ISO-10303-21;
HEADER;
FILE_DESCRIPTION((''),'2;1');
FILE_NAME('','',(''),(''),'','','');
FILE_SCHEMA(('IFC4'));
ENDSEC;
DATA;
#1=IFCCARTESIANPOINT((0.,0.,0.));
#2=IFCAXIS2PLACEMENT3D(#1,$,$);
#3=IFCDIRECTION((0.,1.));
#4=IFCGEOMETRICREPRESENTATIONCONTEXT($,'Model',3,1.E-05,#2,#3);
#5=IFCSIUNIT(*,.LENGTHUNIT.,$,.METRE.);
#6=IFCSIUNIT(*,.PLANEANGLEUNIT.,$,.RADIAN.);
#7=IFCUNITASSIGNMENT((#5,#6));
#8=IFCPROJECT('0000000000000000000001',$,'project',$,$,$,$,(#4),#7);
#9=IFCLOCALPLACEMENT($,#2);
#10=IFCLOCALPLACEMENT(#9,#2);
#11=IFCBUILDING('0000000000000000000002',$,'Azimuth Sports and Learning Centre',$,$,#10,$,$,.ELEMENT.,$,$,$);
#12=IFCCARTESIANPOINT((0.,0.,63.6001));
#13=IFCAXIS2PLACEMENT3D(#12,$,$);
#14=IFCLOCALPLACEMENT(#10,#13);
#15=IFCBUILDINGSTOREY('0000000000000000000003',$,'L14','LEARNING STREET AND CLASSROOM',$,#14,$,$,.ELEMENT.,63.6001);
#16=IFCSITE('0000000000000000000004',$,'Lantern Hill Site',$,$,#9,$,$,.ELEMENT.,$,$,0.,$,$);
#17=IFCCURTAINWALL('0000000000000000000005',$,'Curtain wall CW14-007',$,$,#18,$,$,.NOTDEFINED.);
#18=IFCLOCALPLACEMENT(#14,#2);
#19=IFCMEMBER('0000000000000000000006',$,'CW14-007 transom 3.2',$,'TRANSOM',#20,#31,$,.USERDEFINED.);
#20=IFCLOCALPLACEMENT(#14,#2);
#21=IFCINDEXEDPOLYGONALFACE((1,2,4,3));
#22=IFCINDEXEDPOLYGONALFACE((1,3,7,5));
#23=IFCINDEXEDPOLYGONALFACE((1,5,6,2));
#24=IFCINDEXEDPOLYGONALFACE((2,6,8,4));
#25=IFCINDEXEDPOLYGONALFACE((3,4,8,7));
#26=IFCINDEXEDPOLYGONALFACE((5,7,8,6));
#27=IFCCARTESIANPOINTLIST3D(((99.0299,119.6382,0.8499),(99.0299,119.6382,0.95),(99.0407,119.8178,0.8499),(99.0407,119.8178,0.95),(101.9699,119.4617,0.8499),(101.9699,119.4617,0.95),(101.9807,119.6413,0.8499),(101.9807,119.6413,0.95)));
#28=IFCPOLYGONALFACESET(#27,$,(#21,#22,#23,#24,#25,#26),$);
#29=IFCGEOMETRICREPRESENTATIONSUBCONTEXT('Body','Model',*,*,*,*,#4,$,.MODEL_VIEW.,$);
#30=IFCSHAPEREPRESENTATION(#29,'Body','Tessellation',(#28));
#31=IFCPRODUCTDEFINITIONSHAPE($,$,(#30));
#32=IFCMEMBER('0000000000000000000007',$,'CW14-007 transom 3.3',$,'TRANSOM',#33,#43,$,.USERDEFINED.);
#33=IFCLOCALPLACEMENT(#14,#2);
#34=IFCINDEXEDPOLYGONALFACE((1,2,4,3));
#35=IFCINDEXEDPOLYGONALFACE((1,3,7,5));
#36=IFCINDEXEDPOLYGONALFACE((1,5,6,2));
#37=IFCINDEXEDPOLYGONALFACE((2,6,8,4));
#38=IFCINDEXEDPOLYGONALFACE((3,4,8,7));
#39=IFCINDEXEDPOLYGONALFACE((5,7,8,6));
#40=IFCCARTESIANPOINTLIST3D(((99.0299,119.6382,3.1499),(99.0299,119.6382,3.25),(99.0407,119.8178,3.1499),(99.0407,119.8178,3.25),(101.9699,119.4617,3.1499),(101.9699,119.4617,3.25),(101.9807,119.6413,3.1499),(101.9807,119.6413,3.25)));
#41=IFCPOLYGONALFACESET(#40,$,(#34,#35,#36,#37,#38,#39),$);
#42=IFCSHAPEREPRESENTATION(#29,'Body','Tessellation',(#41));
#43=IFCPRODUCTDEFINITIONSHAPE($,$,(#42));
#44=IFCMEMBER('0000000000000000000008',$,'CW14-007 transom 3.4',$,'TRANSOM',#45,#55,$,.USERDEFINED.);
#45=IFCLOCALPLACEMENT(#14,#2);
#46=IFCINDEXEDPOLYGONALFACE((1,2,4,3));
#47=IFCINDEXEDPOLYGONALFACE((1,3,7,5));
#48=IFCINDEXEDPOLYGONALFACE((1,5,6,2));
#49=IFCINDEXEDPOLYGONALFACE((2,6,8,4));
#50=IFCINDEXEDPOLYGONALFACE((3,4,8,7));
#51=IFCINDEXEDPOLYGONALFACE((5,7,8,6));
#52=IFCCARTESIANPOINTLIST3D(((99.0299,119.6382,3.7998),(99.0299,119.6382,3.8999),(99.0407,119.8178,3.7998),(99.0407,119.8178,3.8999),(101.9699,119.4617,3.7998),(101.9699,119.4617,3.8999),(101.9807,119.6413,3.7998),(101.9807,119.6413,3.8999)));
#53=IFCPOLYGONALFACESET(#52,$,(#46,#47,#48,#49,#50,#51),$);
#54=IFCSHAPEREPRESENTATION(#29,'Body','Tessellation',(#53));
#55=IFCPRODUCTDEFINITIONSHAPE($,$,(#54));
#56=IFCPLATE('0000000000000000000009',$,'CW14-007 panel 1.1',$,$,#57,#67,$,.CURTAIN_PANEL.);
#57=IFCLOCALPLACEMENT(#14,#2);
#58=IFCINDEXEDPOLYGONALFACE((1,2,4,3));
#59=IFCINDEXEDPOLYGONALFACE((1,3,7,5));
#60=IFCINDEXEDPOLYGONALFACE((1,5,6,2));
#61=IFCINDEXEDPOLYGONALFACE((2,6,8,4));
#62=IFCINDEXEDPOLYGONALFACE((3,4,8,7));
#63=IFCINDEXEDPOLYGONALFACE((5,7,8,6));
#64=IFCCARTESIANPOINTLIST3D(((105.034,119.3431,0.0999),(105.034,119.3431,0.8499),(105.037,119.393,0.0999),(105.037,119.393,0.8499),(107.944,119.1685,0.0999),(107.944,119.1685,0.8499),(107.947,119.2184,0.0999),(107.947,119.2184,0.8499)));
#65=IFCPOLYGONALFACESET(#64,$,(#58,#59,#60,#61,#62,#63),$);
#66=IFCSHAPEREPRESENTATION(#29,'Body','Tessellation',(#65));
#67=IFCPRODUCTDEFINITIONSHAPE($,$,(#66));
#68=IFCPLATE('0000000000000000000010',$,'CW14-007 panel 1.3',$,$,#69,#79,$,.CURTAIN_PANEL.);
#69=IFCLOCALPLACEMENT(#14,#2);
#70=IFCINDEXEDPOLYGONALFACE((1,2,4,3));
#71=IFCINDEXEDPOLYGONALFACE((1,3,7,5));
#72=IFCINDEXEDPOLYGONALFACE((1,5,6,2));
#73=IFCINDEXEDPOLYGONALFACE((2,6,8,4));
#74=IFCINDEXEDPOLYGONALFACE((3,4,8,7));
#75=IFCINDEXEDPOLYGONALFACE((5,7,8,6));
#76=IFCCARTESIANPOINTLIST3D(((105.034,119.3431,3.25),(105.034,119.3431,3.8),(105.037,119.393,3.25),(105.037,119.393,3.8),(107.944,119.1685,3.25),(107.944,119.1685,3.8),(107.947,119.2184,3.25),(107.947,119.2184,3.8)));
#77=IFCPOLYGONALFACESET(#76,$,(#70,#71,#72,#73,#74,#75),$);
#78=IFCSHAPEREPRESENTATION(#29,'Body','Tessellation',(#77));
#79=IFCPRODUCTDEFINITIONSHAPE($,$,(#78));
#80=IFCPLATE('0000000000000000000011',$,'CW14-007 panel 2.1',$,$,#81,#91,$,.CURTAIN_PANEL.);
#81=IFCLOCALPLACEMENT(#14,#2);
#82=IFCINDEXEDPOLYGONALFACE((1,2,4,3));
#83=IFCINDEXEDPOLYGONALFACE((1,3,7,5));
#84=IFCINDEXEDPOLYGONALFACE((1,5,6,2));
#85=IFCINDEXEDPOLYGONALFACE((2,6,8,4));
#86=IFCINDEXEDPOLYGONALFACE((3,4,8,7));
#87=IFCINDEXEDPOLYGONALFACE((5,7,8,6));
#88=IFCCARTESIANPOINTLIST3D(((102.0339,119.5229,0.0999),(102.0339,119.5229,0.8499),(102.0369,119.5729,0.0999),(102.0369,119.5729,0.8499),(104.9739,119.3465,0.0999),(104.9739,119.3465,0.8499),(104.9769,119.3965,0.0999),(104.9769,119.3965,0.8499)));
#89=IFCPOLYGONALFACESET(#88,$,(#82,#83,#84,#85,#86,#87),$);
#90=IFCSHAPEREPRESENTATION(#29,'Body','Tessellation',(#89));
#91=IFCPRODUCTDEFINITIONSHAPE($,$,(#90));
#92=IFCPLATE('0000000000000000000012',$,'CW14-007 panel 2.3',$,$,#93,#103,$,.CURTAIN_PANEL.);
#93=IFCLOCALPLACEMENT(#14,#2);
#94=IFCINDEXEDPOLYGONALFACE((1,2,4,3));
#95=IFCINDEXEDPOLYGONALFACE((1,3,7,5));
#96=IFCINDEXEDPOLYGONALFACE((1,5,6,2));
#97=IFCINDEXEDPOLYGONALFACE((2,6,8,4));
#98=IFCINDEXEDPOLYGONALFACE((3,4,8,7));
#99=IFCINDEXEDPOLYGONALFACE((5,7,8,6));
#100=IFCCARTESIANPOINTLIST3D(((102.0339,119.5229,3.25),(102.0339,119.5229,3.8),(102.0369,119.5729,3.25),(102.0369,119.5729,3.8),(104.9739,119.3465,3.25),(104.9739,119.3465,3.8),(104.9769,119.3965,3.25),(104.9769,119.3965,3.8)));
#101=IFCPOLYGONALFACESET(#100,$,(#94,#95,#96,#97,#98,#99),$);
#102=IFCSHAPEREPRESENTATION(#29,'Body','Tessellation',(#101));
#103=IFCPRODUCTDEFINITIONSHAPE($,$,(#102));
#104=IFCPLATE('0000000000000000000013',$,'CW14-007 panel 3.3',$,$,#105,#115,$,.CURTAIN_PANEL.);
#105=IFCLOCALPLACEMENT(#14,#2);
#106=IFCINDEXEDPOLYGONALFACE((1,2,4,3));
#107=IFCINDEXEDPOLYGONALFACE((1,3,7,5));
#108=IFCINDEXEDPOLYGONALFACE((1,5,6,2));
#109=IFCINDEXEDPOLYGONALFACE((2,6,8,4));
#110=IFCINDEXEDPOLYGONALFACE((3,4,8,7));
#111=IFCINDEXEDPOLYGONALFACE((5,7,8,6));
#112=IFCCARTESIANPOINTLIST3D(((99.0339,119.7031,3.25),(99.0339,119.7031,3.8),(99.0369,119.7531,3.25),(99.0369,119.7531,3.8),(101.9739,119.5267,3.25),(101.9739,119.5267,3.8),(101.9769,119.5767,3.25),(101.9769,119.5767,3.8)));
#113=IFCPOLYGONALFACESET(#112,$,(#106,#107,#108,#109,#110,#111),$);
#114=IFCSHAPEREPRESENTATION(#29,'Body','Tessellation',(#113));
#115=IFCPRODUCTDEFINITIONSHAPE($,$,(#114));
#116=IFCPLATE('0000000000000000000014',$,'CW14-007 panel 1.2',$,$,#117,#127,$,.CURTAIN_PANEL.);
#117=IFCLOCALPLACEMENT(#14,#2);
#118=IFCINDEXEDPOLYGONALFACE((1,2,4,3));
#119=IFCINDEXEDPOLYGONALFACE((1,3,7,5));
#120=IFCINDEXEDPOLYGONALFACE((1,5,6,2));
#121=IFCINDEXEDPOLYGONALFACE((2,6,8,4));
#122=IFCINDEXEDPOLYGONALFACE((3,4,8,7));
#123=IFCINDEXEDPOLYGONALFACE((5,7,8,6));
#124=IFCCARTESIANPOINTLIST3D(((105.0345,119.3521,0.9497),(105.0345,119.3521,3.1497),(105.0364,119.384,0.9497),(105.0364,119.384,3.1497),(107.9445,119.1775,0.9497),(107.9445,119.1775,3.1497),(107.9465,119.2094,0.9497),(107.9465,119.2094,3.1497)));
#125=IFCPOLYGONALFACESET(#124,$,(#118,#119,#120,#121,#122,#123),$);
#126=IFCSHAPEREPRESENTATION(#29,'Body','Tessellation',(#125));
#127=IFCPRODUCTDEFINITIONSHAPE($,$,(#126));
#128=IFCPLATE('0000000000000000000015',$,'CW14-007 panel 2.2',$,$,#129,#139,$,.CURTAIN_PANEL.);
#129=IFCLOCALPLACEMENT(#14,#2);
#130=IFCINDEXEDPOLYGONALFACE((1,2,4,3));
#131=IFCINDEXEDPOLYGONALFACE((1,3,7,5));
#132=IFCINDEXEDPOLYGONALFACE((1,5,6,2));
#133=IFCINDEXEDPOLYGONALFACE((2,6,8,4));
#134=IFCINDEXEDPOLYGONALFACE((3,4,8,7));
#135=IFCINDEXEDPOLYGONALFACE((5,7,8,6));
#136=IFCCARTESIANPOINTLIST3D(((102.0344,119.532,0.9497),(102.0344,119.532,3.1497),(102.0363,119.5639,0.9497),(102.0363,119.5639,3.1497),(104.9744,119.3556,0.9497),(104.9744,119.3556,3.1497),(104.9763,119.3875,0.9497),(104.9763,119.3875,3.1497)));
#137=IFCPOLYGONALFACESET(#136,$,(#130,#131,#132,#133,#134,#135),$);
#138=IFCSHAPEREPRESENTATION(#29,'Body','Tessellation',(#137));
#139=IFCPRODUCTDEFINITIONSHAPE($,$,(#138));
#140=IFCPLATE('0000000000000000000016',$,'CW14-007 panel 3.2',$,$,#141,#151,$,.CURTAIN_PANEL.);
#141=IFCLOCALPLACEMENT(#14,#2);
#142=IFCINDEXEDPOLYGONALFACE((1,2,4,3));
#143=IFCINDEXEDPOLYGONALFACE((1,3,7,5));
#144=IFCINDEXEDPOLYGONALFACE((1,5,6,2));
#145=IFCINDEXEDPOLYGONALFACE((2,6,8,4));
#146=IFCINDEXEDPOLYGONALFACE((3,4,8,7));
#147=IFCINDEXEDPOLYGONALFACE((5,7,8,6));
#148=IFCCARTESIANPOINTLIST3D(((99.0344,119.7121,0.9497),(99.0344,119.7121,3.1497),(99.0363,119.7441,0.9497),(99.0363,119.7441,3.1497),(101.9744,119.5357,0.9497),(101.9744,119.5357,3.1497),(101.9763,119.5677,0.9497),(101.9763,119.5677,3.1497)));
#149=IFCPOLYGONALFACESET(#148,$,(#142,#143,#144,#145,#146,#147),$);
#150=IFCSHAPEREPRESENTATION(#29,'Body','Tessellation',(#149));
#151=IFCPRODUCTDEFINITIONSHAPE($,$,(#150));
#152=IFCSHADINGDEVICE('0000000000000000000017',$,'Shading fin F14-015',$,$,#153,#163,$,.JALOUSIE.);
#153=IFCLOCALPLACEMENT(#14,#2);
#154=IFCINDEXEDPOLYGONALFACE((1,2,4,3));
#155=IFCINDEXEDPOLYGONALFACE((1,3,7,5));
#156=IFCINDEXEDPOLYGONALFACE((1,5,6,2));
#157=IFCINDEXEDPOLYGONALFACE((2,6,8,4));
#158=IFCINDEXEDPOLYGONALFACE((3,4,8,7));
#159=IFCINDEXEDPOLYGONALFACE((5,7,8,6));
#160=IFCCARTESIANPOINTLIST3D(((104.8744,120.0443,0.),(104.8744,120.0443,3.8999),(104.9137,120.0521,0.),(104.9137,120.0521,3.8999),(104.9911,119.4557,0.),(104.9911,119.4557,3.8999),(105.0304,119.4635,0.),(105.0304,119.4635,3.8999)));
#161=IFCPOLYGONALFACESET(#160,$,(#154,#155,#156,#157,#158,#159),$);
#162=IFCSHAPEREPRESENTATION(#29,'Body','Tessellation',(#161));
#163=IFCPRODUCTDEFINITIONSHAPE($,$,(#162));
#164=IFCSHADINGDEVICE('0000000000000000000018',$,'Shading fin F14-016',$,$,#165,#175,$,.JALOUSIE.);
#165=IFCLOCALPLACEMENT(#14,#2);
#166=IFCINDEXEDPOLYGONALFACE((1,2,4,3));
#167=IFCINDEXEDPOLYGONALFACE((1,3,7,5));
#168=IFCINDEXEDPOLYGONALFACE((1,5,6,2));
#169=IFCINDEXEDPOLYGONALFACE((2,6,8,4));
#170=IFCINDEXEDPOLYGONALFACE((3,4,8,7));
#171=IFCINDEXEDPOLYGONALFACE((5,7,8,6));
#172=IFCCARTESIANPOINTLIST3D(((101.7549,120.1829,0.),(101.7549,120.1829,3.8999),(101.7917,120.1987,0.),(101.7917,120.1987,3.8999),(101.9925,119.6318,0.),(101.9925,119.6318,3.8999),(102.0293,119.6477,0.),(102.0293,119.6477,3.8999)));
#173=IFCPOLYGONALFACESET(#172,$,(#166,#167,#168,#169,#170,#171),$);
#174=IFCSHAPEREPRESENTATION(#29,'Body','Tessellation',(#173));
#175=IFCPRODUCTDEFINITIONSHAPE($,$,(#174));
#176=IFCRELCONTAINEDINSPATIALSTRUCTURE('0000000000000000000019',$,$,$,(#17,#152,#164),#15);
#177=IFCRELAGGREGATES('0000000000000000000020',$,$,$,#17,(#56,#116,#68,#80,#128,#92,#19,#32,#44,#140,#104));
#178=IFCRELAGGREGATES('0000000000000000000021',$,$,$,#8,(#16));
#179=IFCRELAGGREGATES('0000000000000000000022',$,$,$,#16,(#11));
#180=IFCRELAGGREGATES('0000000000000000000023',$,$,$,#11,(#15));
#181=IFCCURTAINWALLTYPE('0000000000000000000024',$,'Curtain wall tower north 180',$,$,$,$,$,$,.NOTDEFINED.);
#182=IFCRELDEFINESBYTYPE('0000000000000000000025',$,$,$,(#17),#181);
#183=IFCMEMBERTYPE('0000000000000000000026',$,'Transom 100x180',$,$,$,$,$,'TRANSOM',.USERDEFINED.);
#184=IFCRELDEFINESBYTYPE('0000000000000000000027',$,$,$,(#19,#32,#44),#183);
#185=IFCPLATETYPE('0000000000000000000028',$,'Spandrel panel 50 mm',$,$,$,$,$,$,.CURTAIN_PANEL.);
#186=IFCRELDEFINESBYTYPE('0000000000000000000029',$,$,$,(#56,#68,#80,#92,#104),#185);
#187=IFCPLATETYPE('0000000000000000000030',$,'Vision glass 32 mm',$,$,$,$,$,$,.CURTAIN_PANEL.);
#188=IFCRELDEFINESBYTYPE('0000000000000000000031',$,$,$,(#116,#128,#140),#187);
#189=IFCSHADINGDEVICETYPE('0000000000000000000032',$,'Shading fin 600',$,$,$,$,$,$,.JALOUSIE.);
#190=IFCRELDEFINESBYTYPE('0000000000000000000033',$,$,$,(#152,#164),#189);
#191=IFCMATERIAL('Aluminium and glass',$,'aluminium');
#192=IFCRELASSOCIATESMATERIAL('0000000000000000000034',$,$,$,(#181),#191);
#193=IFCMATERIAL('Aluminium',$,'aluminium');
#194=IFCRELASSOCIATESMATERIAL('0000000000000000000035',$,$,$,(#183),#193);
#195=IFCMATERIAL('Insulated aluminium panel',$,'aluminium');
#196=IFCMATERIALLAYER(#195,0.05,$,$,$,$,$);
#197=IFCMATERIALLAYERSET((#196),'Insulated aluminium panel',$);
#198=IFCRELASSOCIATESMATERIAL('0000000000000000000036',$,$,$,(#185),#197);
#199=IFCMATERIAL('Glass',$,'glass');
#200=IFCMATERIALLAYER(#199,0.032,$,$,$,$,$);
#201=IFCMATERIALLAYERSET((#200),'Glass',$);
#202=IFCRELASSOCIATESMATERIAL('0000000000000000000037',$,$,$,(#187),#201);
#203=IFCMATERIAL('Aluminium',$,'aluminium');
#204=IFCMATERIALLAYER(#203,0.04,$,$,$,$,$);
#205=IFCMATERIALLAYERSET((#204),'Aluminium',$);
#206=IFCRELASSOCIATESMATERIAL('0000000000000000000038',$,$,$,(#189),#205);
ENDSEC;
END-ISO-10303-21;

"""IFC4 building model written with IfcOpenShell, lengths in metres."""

from ifc_helpers import new_model, si_unit, direction, frame, origin, origin_2d, place, context, subcontext, project, spatial, rectangle, extrude, material, layer, layer_set, material_profile, profile_set, type_object, element, aggregate, save


model = new_model("IFC4")

# Units and contexts
model_context = context("Model", 3, precision=1e-05, world=origin(), true_north=direction((0.0, 1.0)))
body_context = subcontext(model_context, "Body", "Model", "MODEL_VIEW")
ifc_project = project(units=[si_unit("LENGTHUNIT", "METRE"), si_unit("PLANEANGLEUNIT", "RADIAN")], contexts=[model_context])

# Site, building, storey
site_placement = place(None, origin())
site = spatial("IfcSite", under=ifc_project, at=site_placement, Name="Lantern Hill Site", CompositionType="ELEMENT", RefElevation=0.0)
building_placement = place(site_placement, origin())
building = spatial("IfcBuilding", under=site, at=building_placement, Name="Azimuth Sports and Learning Centre", CompositionType="ELEMENT")
storey_placement = place(building_placement, frame((0.0, 0.0, 63.6001)))
storey = spatial("IfcBuildingStorey", under=building, at=storey_placement, Name="L14", Description="LEARNING STREET AND CLASSROOM", CompositionType="ELEMENT", Elevation=63.6001)

# Curtain wall, members, plates
ifc_material_1 = material(Name="Aluminium and glass", Category="aluminium")
curtain_wall_type = type_object("IfcCurtainWallType", Name="Curtain wall tower north 180", PredefinedType="NOTDEFINED", material=ifc_material_1)
curtain_wall_placement = place(storey_placement, origin())
curtain_wall = element("IfcCurtainWall", 1, at=curtain_wall_placement, inside=storey, type_object=curtain_wall_type, Name="Curtain wall CW14-007", PredefinedType="NOTDEFINED")
ifc_material_2 = material(Name="Aluminium", Category="aluminium")
ifc_material_profile_1 = material_profile(ifc_material_2, rectangle(XDim=0.1799, YDim=0.1001, at=origin_2d()), Name="Transom 100x180")
ifc_profile_set_1 = profile_set([ifc_material_profile_1], Name="Aluminium")
member_type_1 = type_object("IfcMemberType", Name="Transom 100x180", ElementType="TRANSOM", PredefinedType="USERDEFINED", material=ifc_profile_set_1)
member_1_placement = place(storey_placement, frame((101.9753, 119.5515, 0.8999), z_axis=(-0.998202, 0.059932, 0.0), x_axis=(-0.059932, -0.998202, 0.0)))
member_1 = element("IfcMember", 2, at=member_1_placement, type_object=member_type_1, Name="CW14-007 transom 3.2", ObjectType="TRANSOM", PredefinedType="USERDEFINED", context=body_context, shape_type="SweptSolid", body=[
    extrude(rectangle(XDim=0.1799, YDim=0.1001, at=origin_2d()), origin(), (0.0, 0.0, 1.0), 2.9453),
])
member_2_placement = place(storey_placement, frame((101.9753, 119.5515, 3.2), z_axis=(-0.998202, 0.059932, 0.0), x_axis=(-0.059932, -0.998202, 0.0)))
member_2 = element("IfcMember", 3, at=member_2_placement, type_object=member_type_1, Name="CW14-007 transom 3.3", ObjectType="TRANSOM", PredefinedType="USERDEFINED", context=body_context, shape_type="SweptSolid", body=[
    extrude(rectangle(XDim=0.1799, YDim=0.1001, at=origin_2d()), origin(), (0.0, 0.0, 1.0), 2.9453),
])
member_3_placement = place(storey_placement, frame((101.9753, 119.5515, 3.8499), z_axis=(-0.998202, 0.059932, 0.0), x_axis=(-0.059932, -0.998202, 0.0)))
member_3 = element("IfcMember", 4, at=member_3_placement, type_object=member_type_1, Name="CW14-007 transom 3.4", ObjectType="TRANSOM", PredefinedType="USERDEFINED", context=body_context, shape_type="SweptSolid", body=[
    extrude(rectangle(XDim=0.1799, YDim=0.1001, at=origin_2d()), origin(), (0.0, 0.0, 1.0), 2.9453),
])
ifc_material_3 = material(Name="Insulated aluminium panel", Category="aluminium")
ifc_layer_1 = layer(ifc_material_3, 0.05)
ifc_layer_set_1 = layer_set([ifc_layer_1], Name="Insulated aluminium panel")
plate_type_1 = type_object("IfcPlateType", Name="Spandrel panel 50 mm", PredefinedType="CURTAIN_PANEL", material=ifc_layer_set_1)
plate_1_placement = place(storey_placement, frame((106.4905, 119.2808, 0.0999), z_axis=(0.0, 0.0, 1.0), x_axis=(-0.998205, 0.059892, 0.0)))
plate_1 = element("IfcPlate", 5, at=plate_1_placement, type_object=plate_type_1, Name="CW14-007 panel 1.1", PredefinedType="CURTAIN_PANEL", context=body_context, shape_type="SweptSolid", body=[
    extrude(rectangle(XDim=2.9153, YDim=0.05, at=origin_2d()), origin(), (0.0, 0.0, 1.0), 0.75),
])
plate_2_placement = place(storey_placement, frame((106.4905, 119.2808, 3.25), z_axis=(0.0, 0.0, 1.0), x_axis=(-0.998205, 0.059892, 0.0)))
plate_2 = element("IfcPlate", 6, at=plate_2_placement, type_object=plate_type_1, Name="CW14-007 panel 1.3", PredefinedType="CURTAIN_PANEL", context=body_context, shape_type="SweptSolid", body=[
    extrude(rectangle(XDim=2.9153, YDim=0.05, at=origin_2d()), origin(), (0.0, 0.0, 1.0), 0.55),
])
plate_3_placement = place(storey_placement, frame((103.5054, 119.4597, 0.0999), z_axis=(0.0, 0.0, 1.0), x_axis=(-0.998205, 0.059892, 0.0)))
plate_3 = element("IfcPlate", 7, at=plate_3_placement, type_object=plate_type_1, Name="CW14-007 panel 2.1", PredefinedType="CURTAIN_PANEL", context=body_context, shape_type="SweptSolid", body=[
    extrude(rectangle(XDim=2.9453, YDim=0.05, at=origin_2d()), origin(), (0.0, 0.0, 1.0), 0.75),
])
plate_4_placement = place(storey_placement, frame((103.5054, 119.4597, 3.25), z_axis=(0.0, 0.0, 1.0), x_axis=(-0.998205, 0.059892, 0.0)))
plate_4 = element("IfcPlate", 8, at=plate_4_placement, type_object=plate_type_1, Name="CW14-007 panel 2.3", PredefinedType="CURTAIN_PANEL", context=body_context, shape_type="SweptSolid", body=[
    extrude(rectangle(XDim=2.9453, YDim=0.05, at=origin_2d()), origin(), (0.0, 0.0, 1.0), 0.55),
])
plate_5_placement = place(storey_placement, frame((100.5054, 119.6399, 3.25), z_axis=(0.0, 0.0, 1.0), x_axis=(-0.998205, 0.059892, 0.0)))
plate_5 = element("IfcPlate", 9, at=plate_5_placement, type_object=plate_type_1, Name="CW14-007 panel 3.3", PredefinedType="CURTAIN_PANEL", context=body_context, shape_type="SweptSolid", body=[
    extrude(rectangle(XDim=2.9453, YDim=0.05, at=origin_2d()), origin(), (0.0, 0.0, 1.0), 0.55),
])
ifc_material_4 = material(Name="Glass", Category="glass")
ifc_layer_2 = layer(ifc_material_4, 0.032)
ifc_layer_set_2 = layer_set([ifc_layer_2], Name="Glass")
plate_type_2 = type_object("IfcPlateType", Name="Vision glass 32 mm", PredefinedType="CURTAIN_PANEL", material=ifc_layer_set_2)
plate_6_placement = place(storey_placement, frame((106.4905, 119.2808, 0.9497), z_axis=(0.0, 0.0, 1.0), x_axis=(-0.998205, 0.059892, 0.0)))
plate_6 = element("IfcPlate", 10, at=plate_6_placement, type_object=plate_type_2, Name="CW14-007 panel 1.2", PredefinedType="CURTAIN_PANEL", context=body_context, shape_type="SweptSolid", body=[
    extrude(rectangle(XDim=2.9153, YDim=0.032, at=origin_2d()), origin(), (0.0, 0.0, 1.0), 2.2),
])
plate_7_placement = place(storey_placement, frame((103.5054, 119.4597, 0.9497), z_axis=(0.0, 0.0, 1.0), x_axis=(-0.998205, 0.059892, 0.0)))
plate_7 = element("IfcPlate", 11, at=plate_7_placement, type_object=plate_type_2, Name="CW14-007 panel 2.2", PredefinedType="CURTAIN_PANEL", context=body_context, shape_type="SweptSolid", body=[
    extrude(rectangle(XDim=2.9453, YDim=0.032, at=origin_2d()), origin(), (0.0, 0.0, 1.0), 2.2),
])
plate_8_placement = place(storey_placement, frame((100.5054, 119.6399, 0.9497), z_axis=(0.0, 0.0, 1.0), x_axis=(-0.998205, 0.059892, 0.0)))
plate_8 = element("IfcPlate", 12, at=plate_8_placement, type_object=plate_type_2, Name="CW14-007 panel 3.2", PredefinedType="CURTAIN_PANEL", context=body_context, shape_type="SweptSolid", body=[
    extrude(rectangle(XDim=2.9453, YDim=0.032, at=origin_2d()), origin(), (0.0, 0.0, 1.0), 2.2),
])
aggregate(curtain_wall, [plate_1, plate_6, plate_2, plate_3, plate_7, plate_4, member_1, member_2, member_3, plate_8, plate_5])

# Shading devices
ifc_material_5 = material(Name="Aluminium", Category="aluminium")
ifc_layer_3 = layer(ifc_material_5, 0.04)
ifc_layer_set_3 = layer_set([ifc_layer_3], Name="Aluminium")
shading_device_type = type_object("IfcShadingDeviceType", Name="Shading fin 600", PredefinedType="JALOUSIE", material=ifc_layer_set_3)
for number, where, z_axis, x_axis, name in (
    (13, (104.9524, 119.7539, 0.0), (0.0, 0.0, 1.0), (-0.194387, 0.980925, 0.0), "Shading fin F14-015"),
    (14, (101.8921, 119.9153, 0.0), (0.0, 0.0, 1.0), (-0.39586, 0.918311, 0.0), "Shading fin F14-016"),
):
    element("IfcShadingDevice", number, at=place(storey_placement, frame(where, z_axis=z_axis, x_axis=x_axis)), inside=storey, type_object=shading_device_type, Name=name, PredefinedType="JALOUSIE", context=body_context, shape_type="SweptSolid", body=[
        extrude(rectangle(XDim=0.6001, YDim=0.04, at=origin_2d()), origin(), (0.0, 0.0, 1.0), 3.8999),
    ])

save(model, "model.ifc")
